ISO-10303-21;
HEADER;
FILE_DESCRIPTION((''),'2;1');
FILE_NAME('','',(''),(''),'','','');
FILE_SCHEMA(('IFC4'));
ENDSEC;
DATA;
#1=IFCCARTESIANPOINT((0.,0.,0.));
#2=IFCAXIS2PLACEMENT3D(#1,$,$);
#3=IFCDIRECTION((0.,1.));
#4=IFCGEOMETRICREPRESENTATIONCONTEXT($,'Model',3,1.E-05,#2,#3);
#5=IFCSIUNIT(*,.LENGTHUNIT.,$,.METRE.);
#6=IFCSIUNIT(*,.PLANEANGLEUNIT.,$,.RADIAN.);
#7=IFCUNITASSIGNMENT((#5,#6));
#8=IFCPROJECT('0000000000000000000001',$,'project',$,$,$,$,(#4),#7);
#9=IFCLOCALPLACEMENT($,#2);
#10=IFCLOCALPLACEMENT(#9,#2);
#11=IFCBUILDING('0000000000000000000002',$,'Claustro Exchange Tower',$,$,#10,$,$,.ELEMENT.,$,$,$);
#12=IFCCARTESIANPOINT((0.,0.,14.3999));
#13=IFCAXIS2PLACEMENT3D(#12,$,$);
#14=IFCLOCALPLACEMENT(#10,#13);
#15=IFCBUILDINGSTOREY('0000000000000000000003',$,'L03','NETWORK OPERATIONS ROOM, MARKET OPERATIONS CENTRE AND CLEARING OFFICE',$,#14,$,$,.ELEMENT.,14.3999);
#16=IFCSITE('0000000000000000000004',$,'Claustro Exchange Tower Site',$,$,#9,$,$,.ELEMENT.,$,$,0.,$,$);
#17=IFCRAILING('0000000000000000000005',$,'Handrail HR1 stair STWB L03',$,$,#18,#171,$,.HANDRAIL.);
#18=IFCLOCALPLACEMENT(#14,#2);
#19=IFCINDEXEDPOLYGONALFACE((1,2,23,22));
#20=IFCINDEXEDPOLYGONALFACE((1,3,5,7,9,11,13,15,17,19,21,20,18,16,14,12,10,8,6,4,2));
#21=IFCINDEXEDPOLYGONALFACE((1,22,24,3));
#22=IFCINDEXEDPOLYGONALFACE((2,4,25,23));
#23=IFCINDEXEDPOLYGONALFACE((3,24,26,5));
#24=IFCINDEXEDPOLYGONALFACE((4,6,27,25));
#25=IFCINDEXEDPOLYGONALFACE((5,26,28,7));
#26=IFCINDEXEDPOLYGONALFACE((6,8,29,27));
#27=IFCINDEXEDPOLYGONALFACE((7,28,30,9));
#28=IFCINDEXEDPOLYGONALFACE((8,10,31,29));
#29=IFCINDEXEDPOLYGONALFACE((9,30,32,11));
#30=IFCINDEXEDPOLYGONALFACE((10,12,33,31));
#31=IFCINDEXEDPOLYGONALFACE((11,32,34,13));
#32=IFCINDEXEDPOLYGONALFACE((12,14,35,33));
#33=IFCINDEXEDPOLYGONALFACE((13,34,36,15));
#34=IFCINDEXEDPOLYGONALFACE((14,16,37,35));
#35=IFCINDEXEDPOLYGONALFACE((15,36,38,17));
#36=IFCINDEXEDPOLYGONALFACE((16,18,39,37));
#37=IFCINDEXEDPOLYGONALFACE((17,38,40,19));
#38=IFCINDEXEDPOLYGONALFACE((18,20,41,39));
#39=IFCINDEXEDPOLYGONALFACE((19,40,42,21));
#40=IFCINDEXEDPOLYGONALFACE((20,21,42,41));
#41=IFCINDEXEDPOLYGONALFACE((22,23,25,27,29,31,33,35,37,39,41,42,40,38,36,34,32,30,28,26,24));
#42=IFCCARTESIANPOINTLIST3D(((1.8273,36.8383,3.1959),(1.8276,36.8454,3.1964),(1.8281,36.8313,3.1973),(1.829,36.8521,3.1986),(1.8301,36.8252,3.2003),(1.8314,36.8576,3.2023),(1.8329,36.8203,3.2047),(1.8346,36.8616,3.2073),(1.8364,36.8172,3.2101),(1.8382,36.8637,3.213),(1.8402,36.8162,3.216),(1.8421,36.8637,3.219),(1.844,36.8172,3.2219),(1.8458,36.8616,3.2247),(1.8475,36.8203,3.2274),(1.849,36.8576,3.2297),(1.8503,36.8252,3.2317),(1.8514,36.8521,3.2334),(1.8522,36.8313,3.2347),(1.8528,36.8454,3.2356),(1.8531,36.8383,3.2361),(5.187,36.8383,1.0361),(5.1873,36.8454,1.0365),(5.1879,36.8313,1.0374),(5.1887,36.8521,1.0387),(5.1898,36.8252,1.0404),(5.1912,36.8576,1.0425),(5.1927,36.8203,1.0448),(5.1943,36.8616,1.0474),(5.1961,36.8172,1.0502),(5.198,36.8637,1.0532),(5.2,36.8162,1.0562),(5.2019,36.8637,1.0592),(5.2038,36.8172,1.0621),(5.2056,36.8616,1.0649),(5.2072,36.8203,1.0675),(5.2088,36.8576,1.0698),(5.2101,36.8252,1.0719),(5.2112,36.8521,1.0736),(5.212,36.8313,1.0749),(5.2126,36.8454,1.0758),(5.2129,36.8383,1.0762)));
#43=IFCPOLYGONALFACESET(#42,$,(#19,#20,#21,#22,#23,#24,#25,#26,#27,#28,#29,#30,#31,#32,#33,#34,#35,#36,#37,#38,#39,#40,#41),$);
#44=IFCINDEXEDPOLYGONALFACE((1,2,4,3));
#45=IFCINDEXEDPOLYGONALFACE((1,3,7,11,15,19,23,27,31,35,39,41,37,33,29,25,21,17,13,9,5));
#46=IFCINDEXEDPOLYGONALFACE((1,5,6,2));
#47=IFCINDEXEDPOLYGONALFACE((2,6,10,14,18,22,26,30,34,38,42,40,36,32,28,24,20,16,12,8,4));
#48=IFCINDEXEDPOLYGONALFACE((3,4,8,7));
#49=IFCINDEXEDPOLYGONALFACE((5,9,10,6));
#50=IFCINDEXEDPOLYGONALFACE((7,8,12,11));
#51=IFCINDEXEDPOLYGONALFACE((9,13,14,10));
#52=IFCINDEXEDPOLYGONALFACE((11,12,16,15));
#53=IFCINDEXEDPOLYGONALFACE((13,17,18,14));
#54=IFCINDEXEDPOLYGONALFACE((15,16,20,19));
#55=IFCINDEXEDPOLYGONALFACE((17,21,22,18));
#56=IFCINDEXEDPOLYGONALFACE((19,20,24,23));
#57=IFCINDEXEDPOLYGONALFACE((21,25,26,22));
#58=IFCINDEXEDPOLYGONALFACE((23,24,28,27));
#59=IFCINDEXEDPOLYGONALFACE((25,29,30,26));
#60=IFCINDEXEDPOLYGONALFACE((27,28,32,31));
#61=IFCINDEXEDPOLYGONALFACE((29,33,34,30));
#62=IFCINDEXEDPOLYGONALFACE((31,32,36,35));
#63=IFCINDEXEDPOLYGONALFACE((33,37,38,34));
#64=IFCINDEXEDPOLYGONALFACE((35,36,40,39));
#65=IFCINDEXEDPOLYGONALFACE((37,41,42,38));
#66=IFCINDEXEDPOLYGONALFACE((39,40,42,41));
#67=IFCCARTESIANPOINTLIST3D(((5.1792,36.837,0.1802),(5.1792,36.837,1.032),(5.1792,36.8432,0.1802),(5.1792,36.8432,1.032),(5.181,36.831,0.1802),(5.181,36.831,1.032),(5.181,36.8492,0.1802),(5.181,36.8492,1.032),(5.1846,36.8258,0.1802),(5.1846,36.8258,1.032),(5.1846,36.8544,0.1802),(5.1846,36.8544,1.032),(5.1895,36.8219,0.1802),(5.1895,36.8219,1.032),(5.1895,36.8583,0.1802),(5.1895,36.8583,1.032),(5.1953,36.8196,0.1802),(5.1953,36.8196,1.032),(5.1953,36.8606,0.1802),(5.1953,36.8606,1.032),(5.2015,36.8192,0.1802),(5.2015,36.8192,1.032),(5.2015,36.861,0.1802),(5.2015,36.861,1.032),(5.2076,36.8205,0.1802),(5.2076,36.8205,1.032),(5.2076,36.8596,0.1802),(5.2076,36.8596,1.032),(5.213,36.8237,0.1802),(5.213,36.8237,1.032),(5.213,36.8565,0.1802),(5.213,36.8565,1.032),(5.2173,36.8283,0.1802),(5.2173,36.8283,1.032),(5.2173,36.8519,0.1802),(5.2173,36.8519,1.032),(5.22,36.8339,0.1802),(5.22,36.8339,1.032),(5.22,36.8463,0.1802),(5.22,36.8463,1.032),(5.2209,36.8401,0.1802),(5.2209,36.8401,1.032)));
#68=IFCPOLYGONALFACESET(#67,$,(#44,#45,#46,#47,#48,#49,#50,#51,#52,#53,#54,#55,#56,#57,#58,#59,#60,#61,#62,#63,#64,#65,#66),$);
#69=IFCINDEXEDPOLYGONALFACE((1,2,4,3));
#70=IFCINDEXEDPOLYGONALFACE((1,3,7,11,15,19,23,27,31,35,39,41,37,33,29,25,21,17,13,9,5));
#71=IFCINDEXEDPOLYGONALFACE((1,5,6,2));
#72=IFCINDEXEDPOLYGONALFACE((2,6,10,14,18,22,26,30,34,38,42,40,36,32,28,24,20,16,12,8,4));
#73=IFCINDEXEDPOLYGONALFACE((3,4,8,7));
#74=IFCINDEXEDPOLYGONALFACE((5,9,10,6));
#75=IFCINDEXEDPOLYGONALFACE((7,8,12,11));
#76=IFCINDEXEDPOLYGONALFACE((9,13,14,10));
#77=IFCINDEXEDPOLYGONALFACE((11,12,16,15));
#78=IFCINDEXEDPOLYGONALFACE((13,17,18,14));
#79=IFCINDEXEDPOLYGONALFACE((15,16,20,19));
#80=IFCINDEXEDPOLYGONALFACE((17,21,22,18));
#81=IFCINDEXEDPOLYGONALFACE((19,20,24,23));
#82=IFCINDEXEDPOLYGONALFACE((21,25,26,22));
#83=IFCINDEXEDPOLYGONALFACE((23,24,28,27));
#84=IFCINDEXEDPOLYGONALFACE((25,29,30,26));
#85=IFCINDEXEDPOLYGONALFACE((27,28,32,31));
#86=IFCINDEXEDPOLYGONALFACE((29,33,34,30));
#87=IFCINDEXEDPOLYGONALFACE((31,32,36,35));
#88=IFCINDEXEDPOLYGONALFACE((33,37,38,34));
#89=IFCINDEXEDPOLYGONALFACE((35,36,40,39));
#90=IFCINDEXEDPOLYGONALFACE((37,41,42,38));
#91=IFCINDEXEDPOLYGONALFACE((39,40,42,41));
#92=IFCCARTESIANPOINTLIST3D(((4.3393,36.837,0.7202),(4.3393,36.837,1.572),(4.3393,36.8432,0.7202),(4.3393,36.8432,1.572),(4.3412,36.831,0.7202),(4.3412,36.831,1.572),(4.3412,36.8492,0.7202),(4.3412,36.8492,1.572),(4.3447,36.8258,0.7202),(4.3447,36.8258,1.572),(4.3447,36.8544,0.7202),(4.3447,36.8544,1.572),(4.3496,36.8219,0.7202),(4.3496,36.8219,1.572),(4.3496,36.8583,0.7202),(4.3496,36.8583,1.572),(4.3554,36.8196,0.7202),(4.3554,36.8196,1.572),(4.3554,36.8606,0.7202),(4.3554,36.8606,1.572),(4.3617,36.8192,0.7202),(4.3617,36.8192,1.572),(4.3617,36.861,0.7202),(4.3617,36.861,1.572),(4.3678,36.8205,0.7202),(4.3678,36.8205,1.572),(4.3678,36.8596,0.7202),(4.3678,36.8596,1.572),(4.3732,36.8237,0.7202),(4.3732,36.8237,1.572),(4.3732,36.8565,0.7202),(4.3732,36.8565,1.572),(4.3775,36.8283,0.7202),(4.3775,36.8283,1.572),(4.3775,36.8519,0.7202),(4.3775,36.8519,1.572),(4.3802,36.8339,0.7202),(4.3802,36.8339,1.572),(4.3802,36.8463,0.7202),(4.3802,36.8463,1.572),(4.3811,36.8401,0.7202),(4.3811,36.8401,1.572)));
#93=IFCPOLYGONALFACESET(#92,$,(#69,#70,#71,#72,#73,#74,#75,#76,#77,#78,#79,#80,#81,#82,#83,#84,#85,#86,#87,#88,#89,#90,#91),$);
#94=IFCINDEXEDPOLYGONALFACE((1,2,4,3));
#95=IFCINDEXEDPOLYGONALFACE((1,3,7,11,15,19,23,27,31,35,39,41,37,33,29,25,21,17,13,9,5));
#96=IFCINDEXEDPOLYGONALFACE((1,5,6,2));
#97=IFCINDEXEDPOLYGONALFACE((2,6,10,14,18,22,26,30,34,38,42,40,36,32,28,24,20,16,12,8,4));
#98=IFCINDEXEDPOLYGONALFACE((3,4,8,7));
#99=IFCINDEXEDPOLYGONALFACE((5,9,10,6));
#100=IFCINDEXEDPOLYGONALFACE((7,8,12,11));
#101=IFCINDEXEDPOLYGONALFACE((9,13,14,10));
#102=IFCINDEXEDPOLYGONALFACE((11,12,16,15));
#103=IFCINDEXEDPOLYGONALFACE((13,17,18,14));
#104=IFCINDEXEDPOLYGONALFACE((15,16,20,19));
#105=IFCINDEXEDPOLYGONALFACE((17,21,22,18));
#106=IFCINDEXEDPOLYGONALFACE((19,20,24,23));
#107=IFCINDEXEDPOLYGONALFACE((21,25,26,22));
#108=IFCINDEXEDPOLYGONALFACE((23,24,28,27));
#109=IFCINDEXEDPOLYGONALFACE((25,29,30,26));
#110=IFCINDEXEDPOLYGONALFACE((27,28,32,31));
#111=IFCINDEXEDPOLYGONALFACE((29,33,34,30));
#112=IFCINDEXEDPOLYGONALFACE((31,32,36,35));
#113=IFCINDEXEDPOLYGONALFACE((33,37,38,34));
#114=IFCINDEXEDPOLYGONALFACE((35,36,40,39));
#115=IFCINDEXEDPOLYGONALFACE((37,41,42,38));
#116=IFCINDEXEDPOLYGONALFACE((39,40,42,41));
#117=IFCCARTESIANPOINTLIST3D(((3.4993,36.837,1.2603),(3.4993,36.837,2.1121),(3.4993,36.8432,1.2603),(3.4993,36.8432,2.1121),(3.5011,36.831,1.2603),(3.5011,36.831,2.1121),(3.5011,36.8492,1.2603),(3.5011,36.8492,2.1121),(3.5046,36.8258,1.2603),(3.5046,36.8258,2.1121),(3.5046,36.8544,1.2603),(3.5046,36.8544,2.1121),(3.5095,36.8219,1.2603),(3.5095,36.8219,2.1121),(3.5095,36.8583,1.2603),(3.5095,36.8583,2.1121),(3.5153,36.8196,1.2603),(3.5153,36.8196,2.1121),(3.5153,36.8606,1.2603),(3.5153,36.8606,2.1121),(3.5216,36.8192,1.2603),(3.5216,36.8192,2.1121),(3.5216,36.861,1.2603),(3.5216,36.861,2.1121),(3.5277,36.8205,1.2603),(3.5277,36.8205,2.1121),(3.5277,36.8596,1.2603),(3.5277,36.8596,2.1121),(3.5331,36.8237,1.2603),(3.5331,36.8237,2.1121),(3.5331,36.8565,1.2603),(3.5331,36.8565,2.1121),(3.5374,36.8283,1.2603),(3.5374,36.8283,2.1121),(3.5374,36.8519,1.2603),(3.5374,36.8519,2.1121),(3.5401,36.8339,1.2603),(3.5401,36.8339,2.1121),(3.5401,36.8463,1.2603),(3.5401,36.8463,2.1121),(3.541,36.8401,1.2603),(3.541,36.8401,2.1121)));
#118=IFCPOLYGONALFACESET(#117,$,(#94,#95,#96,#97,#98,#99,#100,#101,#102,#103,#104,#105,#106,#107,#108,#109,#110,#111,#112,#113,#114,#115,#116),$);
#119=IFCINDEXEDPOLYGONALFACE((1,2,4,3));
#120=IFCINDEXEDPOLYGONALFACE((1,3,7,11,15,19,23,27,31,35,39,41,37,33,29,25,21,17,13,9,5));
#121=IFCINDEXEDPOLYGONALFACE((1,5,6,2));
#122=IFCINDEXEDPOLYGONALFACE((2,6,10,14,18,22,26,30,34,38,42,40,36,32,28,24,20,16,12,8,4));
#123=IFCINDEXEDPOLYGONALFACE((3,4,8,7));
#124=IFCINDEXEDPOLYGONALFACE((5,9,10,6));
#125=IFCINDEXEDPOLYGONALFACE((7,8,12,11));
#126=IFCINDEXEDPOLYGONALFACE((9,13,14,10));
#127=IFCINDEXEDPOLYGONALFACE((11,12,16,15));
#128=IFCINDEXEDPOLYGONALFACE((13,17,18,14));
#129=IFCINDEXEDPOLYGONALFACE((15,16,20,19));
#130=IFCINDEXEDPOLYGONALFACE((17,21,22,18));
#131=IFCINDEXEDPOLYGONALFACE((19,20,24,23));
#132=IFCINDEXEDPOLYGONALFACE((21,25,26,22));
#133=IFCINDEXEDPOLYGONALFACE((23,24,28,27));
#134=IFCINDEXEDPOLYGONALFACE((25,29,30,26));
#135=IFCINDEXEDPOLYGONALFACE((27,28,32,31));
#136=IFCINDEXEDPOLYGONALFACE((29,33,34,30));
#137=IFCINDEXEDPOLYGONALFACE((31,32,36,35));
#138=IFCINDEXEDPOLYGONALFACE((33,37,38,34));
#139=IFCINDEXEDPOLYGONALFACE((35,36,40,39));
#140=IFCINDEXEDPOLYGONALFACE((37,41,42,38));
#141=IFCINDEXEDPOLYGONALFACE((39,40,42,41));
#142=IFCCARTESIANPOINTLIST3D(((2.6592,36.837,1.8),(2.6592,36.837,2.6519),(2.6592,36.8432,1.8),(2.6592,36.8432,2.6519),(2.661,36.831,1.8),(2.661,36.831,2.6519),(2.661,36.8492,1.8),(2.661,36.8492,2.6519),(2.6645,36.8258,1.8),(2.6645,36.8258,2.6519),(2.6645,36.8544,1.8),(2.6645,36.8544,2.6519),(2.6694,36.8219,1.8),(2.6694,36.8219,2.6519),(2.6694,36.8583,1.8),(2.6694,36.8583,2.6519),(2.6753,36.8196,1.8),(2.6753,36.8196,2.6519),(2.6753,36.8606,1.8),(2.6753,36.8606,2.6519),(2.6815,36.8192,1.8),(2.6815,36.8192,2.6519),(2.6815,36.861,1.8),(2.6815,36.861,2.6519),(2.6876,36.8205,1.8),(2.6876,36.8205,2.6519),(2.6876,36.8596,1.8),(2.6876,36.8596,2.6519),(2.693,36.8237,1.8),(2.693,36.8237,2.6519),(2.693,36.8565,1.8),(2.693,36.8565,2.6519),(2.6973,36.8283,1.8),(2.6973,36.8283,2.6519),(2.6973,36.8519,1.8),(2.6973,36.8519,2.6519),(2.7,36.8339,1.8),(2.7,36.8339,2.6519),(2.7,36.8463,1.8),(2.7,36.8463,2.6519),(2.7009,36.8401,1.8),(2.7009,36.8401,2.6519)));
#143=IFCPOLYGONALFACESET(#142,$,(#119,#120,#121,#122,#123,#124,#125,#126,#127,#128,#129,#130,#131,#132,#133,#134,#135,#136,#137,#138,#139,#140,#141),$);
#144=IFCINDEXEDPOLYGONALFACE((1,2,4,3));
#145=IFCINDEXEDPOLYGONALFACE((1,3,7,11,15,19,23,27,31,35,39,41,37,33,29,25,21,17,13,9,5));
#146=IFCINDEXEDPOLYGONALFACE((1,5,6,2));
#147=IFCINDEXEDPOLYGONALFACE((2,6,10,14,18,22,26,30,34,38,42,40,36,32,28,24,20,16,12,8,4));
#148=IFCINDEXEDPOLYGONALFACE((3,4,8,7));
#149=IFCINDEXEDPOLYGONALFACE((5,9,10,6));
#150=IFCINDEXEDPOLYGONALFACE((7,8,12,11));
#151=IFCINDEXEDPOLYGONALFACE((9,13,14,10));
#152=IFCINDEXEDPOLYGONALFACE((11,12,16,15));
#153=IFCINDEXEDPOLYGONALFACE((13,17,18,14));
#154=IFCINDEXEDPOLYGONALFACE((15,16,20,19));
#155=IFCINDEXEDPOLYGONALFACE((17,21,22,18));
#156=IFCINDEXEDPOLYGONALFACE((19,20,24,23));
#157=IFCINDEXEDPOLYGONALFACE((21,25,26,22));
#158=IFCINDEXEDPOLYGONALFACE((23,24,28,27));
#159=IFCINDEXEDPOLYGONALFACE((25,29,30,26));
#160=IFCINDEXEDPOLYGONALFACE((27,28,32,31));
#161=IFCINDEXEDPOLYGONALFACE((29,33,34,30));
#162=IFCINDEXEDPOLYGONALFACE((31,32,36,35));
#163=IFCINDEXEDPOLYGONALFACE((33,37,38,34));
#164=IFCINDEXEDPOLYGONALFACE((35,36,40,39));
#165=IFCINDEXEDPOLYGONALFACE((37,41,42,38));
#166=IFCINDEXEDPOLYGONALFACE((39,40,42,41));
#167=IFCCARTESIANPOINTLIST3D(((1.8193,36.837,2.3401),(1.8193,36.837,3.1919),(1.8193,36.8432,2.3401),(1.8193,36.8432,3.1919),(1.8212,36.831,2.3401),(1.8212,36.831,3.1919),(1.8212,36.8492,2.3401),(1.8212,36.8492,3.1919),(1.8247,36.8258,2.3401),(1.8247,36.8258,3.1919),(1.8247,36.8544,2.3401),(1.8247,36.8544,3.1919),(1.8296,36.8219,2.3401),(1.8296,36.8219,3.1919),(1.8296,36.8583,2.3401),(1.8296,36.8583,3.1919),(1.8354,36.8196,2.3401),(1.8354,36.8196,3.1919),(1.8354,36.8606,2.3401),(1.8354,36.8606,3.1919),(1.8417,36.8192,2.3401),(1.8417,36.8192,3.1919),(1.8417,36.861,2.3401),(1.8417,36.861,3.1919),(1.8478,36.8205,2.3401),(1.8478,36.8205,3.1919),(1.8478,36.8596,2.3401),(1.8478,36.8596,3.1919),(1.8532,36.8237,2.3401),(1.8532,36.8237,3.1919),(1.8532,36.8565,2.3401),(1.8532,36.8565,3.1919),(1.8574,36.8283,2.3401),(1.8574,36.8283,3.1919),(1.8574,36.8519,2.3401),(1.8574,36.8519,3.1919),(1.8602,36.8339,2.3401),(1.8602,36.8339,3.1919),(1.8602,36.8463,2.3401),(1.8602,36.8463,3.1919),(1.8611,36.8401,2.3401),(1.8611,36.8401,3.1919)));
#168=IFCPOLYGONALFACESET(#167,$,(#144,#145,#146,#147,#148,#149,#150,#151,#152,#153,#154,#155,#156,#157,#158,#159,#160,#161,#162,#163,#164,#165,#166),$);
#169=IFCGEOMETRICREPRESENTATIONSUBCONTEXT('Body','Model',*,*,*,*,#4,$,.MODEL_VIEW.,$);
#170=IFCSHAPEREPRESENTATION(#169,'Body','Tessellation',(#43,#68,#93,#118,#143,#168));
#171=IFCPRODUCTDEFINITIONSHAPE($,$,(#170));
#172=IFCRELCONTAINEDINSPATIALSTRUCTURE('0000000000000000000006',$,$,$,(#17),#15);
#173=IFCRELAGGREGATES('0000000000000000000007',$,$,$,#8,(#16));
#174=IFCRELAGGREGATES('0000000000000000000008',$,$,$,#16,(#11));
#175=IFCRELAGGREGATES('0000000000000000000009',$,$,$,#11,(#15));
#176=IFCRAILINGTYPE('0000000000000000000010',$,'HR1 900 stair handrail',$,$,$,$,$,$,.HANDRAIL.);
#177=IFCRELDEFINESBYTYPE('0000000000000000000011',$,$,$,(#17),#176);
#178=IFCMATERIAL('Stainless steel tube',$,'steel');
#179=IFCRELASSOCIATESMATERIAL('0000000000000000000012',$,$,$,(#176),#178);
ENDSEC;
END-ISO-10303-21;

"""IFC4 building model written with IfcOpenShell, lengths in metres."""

from ifc_helpers import new_model, si_unit, direction, frame, origin, origin_2d, place, context, subcontext, project, spatial, circle, extrude, material, type_object, element, save


model = new_model("IFC4")

# Units and contexts
model_context = context("Model", 3, precision=1e-05, world=origin(), true_north=direction((0.0, 1.0)))
body_context = subcontext(model_context, "Body", "Model", "MODEL_VIEW")
ifc_project = project(units=[si_unit("LENGTHUNIT", "METRE"), si_unit("PLANEANGLEUNIT", "RADIAN")], contexts=[model_context])

# Site, building, storey
site_placement = place(None, origin())
site = spatial("IfcSite", under=ifc_project, at=site_placement, Name="Claustro Exchange Tower Site", CompositionType="ELEMENT", RefElevation=0.0)
building_placement = place(site_placement, origin())
building = spatial("IfcBuilding", under=site, at=building_placement, Name="Claustro Exchange Tower", CompositionType="ELEMENT")
storey_placement = place(building_placement, frame((0.0, 0.0, 14.3999)))
storey = spatial("IfcBuildingStorey", under=building, at=storey_placement, Name="L03", Description="NETWORK OPERATIONS ROOM, MARKET OPERATIONS CENTRE AND CLEARING OFFICE", CompositionType="ELEMENT", Elevation=14.3999)

# Railing
ifc_material_1 = material(Name="Stainless steel tube", Category="steel")
railing_type_1 = type_object("IfcRailingType", Name="HR1 900 stair handrail", PredefinedType="HANDRAIL", material=ifc_material_1)
railing_1_placement = place(storey_placement, frame((5.2, 36.8401, 0.1802)))
element("IfcRailing", 1, at=railing_1_placement, inside=storey, type_object=railing_type_1, Name="Handrail HR1 stair STWB L03", PredefinedType="HANDRAIL", context=body_context, shape_type="SweptSolid", body=[
    extrude(circle(Radius=0.0239, at=origin_2d()), frame((0.0, 0.0, 0.876), z_axis=(-0.841178, 0.0, 0.540758), x_axis=(0.0, -1.0, 0.0)), (0.0, 0.0, 1.0), 3.9941),
    extrude(circle(Radius=0.021, at=origin_2d()), origin(), (0.0, 0.0, 1.0), 0.8518),
    extrude(circle(Radius=0.021, at=origin_2d()), frame((-0.8398, 0.0, 0.54)), (0.0, 0.0, 1.0), 0.8518),
    extrude(circle(Radius=0.021, at=origin_2d()), frame((-1.6799, 0.0, 1.0801)), (0.0, 0.0, 1.0), 0.8518),
    extrude(circle(Radius=0.021, at=origin_2d()), frame((-2.52, 0.0, 1.6199)), (0.0, 0.0, 1.0), 0.8518),
    extrude(circle(Radius=0.021, at=origin_2d()), frame((-3.3599, 0.0, 2.1599)), (0.0, 0.0, 1.0), 0.8518),
])

save(model, "model.ifc")
